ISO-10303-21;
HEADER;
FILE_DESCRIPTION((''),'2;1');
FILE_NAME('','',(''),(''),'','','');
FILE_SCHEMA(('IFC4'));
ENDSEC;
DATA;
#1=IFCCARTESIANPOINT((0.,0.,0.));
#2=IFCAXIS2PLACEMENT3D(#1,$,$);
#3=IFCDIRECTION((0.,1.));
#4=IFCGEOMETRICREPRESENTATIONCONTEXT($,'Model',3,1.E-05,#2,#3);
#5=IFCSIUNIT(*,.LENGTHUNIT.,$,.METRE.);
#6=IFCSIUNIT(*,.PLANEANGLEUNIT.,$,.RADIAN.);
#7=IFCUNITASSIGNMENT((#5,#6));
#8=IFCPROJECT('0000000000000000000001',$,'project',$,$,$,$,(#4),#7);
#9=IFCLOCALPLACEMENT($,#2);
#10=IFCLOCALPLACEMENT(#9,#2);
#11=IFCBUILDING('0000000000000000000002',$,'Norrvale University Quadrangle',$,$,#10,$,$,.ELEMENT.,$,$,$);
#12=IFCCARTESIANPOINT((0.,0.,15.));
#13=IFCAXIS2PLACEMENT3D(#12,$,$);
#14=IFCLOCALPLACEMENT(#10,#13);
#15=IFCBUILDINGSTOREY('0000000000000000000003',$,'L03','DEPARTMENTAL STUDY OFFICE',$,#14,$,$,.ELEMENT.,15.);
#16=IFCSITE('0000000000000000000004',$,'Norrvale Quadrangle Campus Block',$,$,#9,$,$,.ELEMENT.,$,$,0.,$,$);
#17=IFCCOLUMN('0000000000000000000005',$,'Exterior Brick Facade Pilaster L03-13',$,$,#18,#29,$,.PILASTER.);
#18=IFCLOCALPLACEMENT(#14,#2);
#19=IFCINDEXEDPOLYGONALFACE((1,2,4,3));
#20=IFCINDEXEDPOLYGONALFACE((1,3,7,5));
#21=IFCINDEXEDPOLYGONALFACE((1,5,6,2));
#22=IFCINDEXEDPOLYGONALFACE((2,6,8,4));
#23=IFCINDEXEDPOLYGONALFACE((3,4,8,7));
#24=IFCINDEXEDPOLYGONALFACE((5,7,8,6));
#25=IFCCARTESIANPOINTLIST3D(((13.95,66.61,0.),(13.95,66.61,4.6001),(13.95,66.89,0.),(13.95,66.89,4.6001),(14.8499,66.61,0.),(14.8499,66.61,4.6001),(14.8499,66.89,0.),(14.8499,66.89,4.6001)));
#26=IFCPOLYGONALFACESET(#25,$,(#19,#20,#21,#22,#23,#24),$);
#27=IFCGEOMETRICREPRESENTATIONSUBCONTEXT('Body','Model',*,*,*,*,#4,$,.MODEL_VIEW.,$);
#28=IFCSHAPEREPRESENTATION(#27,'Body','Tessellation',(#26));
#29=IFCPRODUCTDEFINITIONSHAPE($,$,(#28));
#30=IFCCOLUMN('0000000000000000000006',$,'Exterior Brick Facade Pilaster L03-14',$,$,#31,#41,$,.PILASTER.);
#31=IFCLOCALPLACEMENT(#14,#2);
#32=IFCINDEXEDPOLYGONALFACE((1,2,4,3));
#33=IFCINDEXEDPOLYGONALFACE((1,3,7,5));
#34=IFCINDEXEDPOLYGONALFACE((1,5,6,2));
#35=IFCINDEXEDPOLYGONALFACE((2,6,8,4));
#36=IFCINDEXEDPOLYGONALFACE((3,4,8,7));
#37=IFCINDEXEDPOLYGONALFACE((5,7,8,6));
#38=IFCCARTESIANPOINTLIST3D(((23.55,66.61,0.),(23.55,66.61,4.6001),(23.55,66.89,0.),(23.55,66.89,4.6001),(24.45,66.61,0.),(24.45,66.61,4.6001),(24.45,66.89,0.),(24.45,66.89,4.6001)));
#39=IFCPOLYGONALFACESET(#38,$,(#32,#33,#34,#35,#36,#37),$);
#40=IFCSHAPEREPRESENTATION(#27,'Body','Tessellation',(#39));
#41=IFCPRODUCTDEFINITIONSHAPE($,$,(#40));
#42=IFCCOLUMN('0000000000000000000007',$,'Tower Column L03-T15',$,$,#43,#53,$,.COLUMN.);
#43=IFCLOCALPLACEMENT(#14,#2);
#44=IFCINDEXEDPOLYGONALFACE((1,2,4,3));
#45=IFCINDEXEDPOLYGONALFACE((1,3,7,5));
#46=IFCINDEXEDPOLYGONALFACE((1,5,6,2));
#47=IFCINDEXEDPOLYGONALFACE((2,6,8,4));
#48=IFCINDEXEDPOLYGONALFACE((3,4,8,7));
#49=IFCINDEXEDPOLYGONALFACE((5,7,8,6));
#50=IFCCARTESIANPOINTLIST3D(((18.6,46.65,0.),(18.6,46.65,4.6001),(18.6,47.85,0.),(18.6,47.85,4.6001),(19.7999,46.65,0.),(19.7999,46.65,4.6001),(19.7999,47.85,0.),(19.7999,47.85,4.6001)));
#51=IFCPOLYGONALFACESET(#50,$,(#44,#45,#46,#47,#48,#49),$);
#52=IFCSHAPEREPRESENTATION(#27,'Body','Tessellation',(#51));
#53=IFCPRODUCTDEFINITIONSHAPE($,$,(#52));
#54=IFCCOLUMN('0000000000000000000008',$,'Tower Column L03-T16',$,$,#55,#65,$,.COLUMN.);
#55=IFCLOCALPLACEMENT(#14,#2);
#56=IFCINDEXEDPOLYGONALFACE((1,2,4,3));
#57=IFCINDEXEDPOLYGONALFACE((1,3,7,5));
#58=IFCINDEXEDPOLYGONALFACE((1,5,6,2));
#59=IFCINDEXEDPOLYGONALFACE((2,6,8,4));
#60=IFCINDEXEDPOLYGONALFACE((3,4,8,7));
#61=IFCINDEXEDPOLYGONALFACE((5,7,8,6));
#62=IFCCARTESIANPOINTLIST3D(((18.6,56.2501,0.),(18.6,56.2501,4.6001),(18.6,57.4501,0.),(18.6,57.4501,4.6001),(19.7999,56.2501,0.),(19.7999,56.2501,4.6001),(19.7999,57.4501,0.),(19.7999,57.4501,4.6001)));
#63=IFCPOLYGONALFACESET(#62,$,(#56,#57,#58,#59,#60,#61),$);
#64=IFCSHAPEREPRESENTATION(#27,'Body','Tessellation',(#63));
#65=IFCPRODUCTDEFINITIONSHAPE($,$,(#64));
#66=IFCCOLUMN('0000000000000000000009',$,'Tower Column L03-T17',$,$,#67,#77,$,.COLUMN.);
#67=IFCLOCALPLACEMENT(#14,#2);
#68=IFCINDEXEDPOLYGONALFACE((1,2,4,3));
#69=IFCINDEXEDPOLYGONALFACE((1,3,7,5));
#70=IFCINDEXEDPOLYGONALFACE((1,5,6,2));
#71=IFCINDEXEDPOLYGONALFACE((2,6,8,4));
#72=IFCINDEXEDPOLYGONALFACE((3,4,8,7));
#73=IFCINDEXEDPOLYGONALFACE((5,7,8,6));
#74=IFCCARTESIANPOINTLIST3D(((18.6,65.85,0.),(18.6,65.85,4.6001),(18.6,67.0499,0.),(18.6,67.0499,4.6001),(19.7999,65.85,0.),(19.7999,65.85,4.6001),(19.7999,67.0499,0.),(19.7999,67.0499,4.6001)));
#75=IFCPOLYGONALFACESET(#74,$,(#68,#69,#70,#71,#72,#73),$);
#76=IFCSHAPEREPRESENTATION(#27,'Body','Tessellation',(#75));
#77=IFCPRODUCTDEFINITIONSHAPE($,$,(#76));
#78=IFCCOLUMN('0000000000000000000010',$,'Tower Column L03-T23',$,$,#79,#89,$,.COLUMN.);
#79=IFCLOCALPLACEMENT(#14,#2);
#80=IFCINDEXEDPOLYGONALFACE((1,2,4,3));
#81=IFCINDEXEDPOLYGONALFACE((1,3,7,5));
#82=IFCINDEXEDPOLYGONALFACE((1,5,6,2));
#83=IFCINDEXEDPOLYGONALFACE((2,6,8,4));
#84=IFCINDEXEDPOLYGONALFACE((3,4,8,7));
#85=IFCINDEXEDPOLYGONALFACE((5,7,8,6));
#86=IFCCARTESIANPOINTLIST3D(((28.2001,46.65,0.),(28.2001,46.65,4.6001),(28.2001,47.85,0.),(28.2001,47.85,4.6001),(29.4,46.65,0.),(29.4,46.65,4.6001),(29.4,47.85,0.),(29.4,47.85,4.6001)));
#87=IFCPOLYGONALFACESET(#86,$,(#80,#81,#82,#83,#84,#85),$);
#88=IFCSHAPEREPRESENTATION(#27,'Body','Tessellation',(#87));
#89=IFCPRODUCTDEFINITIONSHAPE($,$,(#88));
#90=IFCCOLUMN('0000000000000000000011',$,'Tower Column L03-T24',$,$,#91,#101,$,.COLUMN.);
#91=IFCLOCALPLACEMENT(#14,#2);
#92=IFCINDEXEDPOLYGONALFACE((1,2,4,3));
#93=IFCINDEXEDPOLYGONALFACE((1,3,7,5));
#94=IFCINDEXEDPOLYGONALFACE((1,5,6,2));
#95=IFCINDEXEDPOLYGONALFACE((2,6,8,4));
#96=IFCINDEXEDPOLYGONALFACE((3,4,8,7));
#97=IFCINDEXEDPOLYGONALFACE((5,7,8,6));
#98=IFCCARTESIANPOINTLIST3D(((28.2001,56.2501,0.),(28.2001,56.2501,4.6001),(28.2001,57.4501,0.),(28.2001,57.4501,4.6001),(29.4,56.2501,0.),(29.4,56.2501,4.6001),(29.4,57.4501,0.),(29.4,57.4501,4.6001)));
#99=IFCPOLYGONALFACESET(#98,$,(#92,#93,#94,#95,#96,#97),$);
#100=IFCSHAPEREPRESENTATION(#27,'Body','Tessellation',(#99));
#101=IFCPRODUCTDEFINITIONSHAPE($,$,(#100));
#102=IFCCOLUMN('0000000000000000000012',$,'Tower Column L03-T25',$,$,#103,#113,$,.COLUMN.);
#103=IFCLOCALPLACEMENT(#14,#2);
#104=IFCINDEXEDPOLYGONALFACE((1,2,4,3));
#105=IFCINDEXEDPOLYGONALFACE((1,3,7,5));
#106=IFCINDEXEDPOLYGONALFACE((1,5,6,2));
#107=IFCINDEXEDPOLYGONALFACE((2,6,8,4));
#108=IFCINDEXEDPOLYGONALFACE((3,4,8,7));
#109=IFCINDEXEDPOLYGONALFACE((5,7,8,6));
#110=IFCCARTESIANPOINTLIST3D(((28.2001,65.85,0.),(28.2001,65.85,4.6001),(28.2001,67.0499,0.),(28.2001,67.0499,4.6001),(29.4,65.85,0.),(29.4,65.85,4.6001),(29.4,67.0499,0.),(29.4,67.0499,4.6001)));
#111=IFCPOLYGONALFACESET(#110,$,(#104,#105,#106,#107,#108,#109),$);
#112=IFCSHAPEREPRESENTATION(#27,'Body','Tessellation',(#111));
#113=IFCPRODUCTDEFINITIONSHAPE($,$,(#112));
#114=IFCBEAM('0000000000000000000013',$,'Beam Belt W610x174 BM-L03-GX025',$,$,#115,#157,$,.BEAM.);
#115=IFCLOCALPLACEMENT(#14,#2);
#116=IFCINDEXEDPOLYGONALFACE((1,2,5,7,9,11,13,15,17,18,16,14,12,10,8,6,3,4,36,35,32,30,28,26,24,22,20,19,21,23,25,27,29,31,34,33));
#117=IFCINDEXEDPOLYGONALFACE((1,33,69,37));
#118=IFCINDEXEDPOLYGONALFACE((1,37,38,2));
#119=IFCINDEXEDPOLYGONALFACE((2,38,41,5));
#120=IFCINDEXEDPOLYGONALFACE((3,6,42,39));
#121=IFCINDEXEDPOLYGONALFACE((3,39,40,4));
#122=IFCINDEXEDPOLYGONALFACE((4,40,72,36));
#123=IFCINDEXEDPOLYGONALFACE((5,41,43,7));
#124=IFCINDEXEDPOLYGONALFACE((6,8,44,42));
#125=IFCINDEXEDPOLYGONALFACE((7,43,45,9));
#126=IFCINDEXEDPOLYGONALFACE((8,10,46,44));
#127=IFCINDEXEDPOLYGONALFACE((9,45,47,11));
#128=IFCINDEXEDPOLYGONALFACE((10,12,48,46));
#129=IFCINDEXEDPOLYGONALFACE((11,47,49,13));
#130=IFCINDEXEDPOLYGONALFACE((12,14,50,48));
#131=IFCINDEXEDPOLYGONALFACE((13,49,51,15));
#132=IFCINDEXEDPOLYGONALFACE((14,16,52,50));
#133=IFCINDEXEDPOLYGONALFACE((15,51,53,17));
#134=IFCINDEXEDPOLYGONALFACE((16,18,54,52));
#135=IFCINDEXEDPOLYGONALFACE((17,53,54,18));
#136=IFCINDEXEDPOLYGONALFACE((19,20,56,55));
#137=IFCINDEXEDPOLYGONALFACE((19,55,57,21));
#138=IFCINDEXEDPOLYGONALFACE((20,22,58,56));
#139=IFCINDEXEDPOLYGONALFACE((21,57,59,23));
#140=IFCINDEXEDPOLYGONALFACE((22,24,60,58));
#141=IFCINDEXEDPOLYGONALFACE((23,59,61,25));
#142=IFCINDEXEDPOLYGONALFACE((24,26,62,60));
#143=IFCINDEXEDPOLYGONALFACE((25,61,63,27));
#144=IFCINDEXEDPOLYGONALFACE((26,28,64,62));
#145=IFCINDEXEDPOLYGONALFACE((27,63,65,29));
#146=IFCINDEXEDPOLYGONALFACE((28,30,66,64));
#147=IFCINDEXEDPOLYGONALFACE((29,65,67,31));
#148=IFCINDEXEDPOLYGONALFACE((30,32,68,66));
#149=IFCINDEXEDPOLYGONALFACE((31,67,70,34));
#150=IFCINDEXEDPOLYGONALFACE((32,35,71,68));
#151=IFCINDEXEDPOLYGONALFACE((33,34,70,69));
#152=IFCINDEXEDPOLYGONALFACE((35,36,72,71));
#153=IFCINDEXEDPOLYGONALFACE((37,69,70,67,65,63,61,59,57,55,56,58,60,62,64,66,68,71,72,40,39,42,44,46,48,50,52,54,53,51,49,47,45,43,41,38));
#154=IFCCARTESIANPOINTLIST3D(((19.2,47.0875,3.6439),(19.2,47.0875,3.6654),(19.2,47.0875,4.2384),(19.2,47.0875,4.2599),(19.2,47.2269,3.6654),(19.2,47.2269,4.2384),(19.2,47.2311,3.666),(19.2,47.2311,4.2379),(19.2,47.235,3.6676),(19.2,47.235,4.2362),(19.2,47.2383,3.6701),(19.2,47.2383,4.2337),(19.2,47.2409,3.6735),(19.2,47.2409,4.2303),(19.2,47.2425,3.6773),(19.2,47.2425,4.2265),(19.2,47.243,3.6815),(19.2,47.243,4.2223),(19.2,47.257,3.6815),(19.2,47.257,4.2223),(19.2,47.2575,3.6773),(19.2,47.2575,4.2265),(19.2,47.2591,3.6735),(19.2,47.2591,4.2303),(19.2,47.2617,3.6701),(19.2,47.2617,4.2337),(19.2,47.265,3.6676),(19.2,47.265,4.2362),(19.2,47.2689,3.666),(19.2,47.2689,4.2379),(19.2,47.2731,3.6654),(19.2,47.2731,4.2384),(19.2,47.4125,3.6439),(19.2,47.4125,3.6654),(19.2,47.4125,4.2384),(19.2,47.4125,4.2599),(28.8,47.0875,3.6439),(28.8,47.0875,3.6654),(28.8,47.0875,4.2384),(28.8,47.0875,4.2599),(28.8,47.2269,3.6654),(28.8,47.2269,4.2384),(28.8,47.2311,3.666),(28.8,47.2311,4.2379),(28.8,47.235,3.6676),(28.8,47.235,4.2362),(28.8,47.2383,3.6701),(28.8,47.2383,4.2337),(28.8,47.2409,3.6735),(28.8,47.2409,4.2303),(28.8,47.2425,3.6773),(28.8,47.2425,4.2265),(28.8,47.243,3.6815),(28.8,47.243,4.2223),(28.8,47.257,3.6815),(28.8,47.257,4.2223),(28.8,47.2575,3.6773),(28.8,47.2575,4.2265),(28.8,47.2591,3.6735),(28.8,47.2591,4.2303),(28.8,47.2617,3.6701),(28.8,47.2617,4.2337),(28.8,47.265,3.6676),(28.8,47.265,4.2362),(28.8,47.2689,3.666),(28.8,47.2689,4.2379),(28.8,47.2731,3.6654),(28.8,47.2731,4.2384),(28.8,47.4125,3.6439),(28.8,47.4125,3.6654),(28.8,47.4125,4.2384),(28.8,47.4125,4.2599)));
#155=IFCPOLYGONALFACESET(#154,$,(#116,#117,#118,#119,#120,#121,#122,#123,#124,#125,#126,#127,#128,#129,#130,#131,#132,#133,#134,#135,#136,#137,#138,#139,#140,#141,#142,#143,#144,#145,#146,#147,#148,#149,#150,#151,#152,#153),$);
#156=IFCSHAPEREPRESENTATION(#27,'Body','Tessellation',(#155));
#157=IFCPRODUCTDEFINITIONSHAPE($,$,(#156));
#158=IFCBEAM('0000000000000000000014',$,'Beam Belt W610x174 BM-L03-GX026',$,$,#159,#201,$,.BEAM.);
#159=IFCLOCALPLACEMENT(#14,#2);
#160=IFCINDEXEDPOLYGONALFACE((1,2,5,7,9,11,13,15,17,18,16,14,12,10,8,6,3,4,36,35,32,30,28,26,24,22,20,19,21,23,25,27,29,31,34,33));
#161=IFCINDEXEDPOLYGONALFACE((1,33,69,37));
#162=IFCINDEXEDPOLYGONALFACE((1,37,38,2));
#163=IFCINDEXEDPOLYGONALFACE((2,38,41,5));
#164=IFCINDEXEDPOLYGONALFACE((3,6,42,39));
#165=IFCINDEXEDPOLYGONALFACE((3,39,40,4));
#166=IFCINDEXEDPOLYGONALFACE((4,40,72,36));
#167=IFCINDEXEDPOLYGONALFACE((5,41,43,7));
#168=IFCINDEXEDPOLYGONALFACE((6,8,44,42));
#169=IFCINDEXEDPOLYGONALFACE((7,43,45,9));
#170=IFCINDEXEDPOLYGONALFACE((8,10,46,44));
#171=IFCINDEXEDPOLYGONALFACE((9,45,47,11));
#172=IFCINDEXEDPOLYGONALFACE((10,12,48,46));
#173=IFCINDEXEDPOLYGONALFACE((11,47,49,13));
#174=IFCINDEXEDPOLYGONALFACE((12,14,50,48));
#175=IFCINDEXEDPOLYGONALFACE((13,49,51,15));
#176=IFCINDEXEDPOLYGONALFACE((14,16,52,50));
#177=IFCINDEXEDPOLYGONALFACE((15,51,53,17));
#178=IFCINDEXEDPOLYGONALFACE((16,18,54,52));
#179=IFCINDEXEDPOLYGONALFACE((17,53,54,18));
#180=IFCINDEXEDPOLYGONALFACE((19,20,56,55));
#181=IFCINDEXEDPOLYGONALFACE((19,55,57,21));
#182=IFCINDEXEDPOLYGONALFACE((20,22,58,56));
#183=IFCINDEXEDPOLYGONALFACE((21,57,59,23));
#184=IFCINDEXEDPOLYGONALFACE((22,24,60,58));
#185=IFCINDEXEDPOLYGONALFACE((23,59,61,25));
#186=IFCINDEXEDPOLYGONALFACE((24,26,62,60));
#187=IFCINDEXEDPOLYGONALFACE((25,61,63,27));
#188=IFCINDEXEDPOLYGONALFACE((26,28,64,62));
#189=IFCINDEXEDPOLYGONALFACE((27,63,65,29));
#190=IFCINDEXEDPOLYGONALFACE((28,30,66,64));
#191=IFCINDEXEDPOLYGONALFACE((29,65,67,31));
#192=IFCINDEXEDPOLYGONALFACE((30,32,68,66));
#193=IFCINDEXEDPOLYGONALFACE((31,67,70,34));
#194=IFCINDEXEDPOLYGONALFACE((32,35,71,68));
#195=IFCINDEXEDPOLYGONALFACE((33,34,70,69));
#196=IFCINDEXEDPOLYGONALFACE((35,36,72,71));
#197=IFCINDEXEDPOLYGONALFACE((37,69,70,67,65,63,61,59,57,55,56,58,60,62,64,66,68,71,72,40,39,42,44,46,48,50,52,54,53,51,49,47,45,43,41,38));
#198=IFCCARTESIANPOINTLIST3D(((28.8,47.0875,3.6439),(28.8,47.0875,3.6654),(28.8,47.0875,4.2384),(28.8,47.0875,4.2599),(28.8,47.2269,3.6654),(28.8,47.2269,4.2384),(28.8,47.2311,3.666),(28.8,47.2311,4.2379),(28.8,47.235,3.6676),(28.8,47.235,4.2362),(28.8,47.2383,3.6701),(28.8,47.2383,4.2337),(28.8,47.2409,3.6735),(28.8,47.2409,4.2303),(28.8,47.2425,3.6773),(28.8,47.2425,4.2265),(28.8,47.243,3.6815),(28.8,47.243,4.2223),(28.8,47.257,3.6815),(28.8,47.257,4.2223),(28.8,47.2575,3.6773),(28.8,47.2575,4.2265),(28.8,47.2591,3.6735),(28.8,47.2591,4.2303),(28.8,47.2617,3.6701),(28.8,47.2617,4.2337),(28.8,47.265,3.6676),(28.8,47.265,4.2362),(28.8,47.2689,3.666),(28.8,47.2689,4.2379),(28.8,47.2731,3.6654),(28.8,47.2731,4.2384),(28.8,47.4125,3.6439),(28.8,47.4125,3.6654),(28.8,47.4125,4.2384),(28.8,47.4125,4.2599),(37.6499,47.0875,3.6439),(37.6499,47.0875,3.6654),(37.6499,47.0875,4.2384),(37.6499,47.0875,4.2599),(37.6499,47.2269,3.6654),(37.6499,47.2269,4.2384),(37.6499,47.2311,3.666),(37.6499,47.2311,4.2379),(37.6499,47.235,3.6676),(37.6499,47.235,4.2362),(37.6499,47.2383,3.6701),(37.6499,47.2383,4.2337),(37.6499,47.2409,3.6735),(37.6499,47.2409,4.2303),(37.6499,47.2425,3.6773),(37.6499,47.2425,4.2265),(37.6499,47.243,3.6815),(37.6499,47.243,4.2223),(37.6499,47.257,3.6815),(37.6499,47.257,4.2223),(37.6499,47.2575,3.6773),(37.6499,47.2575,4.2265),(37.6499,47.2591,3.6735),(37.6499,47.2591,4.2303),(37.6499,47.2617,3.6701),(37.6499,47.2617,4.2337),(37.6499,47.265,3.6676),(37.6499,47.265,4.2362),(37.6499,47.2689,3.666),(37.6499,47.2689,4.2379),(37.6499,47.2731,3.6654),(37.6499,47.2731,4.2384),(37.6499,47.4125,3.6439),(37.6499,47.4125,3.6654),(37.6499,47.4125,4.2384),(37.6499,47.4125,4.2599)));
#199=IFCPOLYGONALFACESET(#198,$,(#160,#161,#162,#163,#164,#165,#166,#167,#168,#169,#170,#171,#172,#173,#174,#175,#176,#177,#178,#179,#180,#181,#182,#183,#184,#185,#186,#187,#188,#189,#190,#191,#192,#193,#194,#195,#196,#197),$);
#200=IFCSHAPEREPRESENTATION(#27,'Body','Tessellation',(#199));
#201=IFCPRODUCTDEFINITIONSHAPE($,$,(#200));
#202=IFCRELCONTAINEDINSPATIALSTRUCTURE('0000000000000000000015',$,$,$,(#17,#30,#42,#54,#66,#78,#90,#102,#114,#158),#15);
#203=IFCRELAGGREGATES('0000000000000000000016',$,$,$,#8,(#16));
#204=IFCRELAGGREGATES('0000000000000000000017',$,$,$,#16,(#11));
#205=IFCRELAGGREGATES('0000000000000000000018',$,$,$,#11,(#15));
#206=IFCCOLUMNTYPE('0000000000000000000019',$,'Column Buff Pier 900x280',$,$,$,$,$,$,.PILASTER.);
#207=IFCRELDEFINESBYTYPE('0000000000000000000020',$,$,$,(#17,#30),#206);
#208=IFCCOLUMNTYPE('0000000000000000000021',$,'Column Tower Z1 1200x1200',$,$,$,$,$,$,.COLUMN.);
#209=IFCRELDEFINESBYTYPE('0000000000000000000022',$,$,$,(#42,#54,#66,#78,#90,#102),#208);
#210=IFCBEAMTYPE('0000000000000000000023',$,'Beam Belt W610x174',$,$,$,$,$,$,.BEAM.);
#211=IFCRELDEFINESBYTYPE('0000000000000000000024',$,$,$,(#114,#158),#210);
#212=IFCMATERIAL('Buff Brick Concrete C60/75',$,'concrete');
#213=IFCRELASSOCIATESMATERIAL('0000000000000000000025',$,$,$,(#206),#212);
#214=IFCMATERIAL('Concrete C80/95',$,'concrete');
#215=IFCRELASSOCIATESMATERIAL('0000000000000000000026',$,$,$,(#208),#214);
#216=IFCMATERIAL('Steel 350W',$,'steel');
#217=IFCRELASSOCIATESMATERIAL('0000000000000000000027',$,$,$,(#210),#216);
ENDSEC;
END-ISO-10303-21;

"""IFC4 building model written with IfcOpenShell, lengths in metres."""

from ifc_helpers import new_model, si_unit, direction, frame, origin, origin_2d, place, context, subcontext, project, spatial, rectangle, i_section, extrude, material, material_profile, profile_set, type_object, element, save


model = new_model("IFC4")

# Units and contexts
model_context = context("Model", 3, precision=1e-05, world=origin(), true_north=direction((0.0, 1.0)))
body_context = subcontext(model_context, "Body", "Model", "MODEL_VIEW")
ifc_project = project(units=[si_unit("LENGTHUNIT", "METRE"), si_unit("PLANEANGLEUNIT", "RADIAN")], contexts=[model_context])

# Site, building, storey
site_placement = place(None, origin())
site = spatial("IfcSite", under=ifc_project, at=site_placement, Name="Norrvale Quadrangle Campus Block", CompositionType="ELEMENT", RefElevation=0.0)
building_placement = place(site_placement, origin())
building = spatial("IfcBuilding", under=site, at=building_placement, Name="Norrvale University Quadrangle", CompositionType="ELEMENT")
storey_placement = place(building_placement, frame((0.0, 0.0, 15.0)))
storey = spatial("IfcBuildingStorey", under=building, at=storey_placement, Name="L03", Description="DEPARTMENTAL STUDY OFFICE", CompositionType="ELEMENT", Elevation=15.0)

# Columns
ifc_material_1 = material(Name="Buff Brick Concrete C60/75", Category="concrete")
ifc_material_profile_1 = material_profile(ifc_material_1, rectangle(XDim=0.8999, YDim=0.28, at=origin_2d()), Name="Buff Brick Concrete C60/75")
ifc_profile_set_1 = profile_set([ifc_material_profile_1], Name="Buff Brick Concrete C60/75")
column_type_1 = type_object("IfcColumnType", Name="Column Buff Pier 900x280", PredefinedType="PILASTER", material=ifc_profile_set_1)
for number, where, z_axis, x_axis, name in (
    (1, (14.3999, 66.75, 0.0), (0.0, 0.0, 1.0), (1.0, 0.0, 0.0), "Exterior Brick Facade Pilaster L03-13"),
    (2, (24.0, 66.75, 0.0), (0.0, 0.0, 1.0), (1.0, 0.0, 0.0), "Exterior Brick Facade Pilaster L03-14"),
):
    element("IfcColumn", number, at=place(storey_placement, frame(where, z_axis=z_axis, x_axis=x_axis)), inside=storey, type_object=column_type_1, Name=name, PredefinedType="PILASTER", context=body_context, shape_type="SweptSolid", body=[
        extrude(rectangle(XDim=0.8999, YDim=0.28, at=origin_2d()), origin(), (0.0, 0.0, 1.0), 4.6001),
    ])
ifc_material_2 = material(Name="Concrete C80/95", Category="concrete")
ifc_material_profile_2 = material_profile(ifc_material_2, rectangle(XDim=1.2, YDim=1.2, at=origin_2d()), Name="Concrete C80/95")
ifc_profile_set_2 = profile_set([ifc_material_profile_2], Name="Concrete C80/95")
column_type_2 = type_object("IfcColumnType", Name="Column Tower Z1 1200x1200", PredefinedType="COLUMN", material=ifc_profile_set_2)
for number, where, z_axis, x_axis, name in (
    (3, (19.2, 47.25, 0.0), (0.0, 0.0, 1.0), (1.0, 0.0, 0.0), "Tower Column L03-T15"),
    (4, (19.2, 56.8501, 0.0), (0.0, 0.0, 1.0), (1.0, 0.0, 0.0), "Tower Column L03-T16"),
    (5, (19.2, 66.45, 0.0), (0.0, 0.0, 1.0), (1.0, 0.0, 0.0), "Tower Column L03-T17"),
    (6, (28.8, 47.25, 0.0), (0.0, 0.0, 1.0), (1.0, 0.0, 0.0), "Tower Column L03-T23"),
    (7, (28.8, 56.8501, 0.0), (0.0, 0.0, 1.0), (1.0, 0.0, 0.0), "Tower Column L03-T24"),
    (8, (28.8, 66.45, 0.0), (0.0, 0.0, 1.0), (1.0, 0.0, 0.0), "Tower Column L03-T25"),
):
    element("IfcColumn", number, at=place(storey_placement, frame(where, z_axis=z_axis, x_axis=x_axis)), inside=storey, type_object=column_type_2, Name=name, PredefinedType="COLUMN", context=body_context, shape_type="SweptSolid", body=[
        extrude(rectangle(XDim=1.2, YDim=1.2, at=origin_2d()), origin(), (0.0, 0.0, 1.0), 4.6001),
    ])

# Beams
ifc_material_3 = material(Name="Steel 350W", Category="steel")
ifc_material_profile_3 = material_profile(ifc_material_3, i_section(OverallWidth=0.325, OverallDepth=0.616, WebThickness=0.0139, FlangeThickness=0.0215, FilletRadius=0.0161, at=origin_2d()), Name="Steel 350W")
ifc_profile_set_3 = profile_set([ifc_material_profile_3], Name="Steel 350W")
beam_type_1 = type_object("IfcBeamType", Name="Beam Belt W610x174", PredefinedType="BEAM", material=ifc_profile_set_3)
beam_1_placement = place(storey_placement, frame((19.2, 47.25, 3.9519), z_axis=(1.0, 0.0, 0.0), x_axis=(0.0, 1.0, 0.0)))
element("IfcBeam", 9, at=beam_1_placement, inside=storey, type_object=beam_type_1, Name="Beam Belt W610x174 BM-L03-GX025", PredefinedType="BEAM", context=body_context, shape_type="SweptSolid", body=[
    extrude(i_section(OverallWidth=0.325, OverallDepth=0.616, WebThickness=0.0139, FlangeThickness=0.0215, FilletRadius=0.0161, at=origin_2d()), origin(), (0.0, 0.0, 1.0), 9.6001),
])
beam_2_placement = place(storey_placement, frame((28.8, 47.25, 3.9519), z_axis=(1.0, 0.0, 0.0), x_axis=(0.0, 1.0, 0.0)))
element("IfcBeam", 10, at=beam_2_placement, inside=storey, type_object=beam_type_1, Name="Beam Belt W610x174 BM-L03-GX026", PredefinedType="BEAM", context=body_context, shape_type="SweptSolid", body=[
    extrude(i_section(OverallWidth=0.325, OverallDepth=0.616, WebThickness=0.0139, FlangeThickness=0.0215, FilletRadius=0.0161, at=origin_2d()), origin(), (0.0, 0.0, 1.0), 8.8499),
])

save(model, "model.ifc")
